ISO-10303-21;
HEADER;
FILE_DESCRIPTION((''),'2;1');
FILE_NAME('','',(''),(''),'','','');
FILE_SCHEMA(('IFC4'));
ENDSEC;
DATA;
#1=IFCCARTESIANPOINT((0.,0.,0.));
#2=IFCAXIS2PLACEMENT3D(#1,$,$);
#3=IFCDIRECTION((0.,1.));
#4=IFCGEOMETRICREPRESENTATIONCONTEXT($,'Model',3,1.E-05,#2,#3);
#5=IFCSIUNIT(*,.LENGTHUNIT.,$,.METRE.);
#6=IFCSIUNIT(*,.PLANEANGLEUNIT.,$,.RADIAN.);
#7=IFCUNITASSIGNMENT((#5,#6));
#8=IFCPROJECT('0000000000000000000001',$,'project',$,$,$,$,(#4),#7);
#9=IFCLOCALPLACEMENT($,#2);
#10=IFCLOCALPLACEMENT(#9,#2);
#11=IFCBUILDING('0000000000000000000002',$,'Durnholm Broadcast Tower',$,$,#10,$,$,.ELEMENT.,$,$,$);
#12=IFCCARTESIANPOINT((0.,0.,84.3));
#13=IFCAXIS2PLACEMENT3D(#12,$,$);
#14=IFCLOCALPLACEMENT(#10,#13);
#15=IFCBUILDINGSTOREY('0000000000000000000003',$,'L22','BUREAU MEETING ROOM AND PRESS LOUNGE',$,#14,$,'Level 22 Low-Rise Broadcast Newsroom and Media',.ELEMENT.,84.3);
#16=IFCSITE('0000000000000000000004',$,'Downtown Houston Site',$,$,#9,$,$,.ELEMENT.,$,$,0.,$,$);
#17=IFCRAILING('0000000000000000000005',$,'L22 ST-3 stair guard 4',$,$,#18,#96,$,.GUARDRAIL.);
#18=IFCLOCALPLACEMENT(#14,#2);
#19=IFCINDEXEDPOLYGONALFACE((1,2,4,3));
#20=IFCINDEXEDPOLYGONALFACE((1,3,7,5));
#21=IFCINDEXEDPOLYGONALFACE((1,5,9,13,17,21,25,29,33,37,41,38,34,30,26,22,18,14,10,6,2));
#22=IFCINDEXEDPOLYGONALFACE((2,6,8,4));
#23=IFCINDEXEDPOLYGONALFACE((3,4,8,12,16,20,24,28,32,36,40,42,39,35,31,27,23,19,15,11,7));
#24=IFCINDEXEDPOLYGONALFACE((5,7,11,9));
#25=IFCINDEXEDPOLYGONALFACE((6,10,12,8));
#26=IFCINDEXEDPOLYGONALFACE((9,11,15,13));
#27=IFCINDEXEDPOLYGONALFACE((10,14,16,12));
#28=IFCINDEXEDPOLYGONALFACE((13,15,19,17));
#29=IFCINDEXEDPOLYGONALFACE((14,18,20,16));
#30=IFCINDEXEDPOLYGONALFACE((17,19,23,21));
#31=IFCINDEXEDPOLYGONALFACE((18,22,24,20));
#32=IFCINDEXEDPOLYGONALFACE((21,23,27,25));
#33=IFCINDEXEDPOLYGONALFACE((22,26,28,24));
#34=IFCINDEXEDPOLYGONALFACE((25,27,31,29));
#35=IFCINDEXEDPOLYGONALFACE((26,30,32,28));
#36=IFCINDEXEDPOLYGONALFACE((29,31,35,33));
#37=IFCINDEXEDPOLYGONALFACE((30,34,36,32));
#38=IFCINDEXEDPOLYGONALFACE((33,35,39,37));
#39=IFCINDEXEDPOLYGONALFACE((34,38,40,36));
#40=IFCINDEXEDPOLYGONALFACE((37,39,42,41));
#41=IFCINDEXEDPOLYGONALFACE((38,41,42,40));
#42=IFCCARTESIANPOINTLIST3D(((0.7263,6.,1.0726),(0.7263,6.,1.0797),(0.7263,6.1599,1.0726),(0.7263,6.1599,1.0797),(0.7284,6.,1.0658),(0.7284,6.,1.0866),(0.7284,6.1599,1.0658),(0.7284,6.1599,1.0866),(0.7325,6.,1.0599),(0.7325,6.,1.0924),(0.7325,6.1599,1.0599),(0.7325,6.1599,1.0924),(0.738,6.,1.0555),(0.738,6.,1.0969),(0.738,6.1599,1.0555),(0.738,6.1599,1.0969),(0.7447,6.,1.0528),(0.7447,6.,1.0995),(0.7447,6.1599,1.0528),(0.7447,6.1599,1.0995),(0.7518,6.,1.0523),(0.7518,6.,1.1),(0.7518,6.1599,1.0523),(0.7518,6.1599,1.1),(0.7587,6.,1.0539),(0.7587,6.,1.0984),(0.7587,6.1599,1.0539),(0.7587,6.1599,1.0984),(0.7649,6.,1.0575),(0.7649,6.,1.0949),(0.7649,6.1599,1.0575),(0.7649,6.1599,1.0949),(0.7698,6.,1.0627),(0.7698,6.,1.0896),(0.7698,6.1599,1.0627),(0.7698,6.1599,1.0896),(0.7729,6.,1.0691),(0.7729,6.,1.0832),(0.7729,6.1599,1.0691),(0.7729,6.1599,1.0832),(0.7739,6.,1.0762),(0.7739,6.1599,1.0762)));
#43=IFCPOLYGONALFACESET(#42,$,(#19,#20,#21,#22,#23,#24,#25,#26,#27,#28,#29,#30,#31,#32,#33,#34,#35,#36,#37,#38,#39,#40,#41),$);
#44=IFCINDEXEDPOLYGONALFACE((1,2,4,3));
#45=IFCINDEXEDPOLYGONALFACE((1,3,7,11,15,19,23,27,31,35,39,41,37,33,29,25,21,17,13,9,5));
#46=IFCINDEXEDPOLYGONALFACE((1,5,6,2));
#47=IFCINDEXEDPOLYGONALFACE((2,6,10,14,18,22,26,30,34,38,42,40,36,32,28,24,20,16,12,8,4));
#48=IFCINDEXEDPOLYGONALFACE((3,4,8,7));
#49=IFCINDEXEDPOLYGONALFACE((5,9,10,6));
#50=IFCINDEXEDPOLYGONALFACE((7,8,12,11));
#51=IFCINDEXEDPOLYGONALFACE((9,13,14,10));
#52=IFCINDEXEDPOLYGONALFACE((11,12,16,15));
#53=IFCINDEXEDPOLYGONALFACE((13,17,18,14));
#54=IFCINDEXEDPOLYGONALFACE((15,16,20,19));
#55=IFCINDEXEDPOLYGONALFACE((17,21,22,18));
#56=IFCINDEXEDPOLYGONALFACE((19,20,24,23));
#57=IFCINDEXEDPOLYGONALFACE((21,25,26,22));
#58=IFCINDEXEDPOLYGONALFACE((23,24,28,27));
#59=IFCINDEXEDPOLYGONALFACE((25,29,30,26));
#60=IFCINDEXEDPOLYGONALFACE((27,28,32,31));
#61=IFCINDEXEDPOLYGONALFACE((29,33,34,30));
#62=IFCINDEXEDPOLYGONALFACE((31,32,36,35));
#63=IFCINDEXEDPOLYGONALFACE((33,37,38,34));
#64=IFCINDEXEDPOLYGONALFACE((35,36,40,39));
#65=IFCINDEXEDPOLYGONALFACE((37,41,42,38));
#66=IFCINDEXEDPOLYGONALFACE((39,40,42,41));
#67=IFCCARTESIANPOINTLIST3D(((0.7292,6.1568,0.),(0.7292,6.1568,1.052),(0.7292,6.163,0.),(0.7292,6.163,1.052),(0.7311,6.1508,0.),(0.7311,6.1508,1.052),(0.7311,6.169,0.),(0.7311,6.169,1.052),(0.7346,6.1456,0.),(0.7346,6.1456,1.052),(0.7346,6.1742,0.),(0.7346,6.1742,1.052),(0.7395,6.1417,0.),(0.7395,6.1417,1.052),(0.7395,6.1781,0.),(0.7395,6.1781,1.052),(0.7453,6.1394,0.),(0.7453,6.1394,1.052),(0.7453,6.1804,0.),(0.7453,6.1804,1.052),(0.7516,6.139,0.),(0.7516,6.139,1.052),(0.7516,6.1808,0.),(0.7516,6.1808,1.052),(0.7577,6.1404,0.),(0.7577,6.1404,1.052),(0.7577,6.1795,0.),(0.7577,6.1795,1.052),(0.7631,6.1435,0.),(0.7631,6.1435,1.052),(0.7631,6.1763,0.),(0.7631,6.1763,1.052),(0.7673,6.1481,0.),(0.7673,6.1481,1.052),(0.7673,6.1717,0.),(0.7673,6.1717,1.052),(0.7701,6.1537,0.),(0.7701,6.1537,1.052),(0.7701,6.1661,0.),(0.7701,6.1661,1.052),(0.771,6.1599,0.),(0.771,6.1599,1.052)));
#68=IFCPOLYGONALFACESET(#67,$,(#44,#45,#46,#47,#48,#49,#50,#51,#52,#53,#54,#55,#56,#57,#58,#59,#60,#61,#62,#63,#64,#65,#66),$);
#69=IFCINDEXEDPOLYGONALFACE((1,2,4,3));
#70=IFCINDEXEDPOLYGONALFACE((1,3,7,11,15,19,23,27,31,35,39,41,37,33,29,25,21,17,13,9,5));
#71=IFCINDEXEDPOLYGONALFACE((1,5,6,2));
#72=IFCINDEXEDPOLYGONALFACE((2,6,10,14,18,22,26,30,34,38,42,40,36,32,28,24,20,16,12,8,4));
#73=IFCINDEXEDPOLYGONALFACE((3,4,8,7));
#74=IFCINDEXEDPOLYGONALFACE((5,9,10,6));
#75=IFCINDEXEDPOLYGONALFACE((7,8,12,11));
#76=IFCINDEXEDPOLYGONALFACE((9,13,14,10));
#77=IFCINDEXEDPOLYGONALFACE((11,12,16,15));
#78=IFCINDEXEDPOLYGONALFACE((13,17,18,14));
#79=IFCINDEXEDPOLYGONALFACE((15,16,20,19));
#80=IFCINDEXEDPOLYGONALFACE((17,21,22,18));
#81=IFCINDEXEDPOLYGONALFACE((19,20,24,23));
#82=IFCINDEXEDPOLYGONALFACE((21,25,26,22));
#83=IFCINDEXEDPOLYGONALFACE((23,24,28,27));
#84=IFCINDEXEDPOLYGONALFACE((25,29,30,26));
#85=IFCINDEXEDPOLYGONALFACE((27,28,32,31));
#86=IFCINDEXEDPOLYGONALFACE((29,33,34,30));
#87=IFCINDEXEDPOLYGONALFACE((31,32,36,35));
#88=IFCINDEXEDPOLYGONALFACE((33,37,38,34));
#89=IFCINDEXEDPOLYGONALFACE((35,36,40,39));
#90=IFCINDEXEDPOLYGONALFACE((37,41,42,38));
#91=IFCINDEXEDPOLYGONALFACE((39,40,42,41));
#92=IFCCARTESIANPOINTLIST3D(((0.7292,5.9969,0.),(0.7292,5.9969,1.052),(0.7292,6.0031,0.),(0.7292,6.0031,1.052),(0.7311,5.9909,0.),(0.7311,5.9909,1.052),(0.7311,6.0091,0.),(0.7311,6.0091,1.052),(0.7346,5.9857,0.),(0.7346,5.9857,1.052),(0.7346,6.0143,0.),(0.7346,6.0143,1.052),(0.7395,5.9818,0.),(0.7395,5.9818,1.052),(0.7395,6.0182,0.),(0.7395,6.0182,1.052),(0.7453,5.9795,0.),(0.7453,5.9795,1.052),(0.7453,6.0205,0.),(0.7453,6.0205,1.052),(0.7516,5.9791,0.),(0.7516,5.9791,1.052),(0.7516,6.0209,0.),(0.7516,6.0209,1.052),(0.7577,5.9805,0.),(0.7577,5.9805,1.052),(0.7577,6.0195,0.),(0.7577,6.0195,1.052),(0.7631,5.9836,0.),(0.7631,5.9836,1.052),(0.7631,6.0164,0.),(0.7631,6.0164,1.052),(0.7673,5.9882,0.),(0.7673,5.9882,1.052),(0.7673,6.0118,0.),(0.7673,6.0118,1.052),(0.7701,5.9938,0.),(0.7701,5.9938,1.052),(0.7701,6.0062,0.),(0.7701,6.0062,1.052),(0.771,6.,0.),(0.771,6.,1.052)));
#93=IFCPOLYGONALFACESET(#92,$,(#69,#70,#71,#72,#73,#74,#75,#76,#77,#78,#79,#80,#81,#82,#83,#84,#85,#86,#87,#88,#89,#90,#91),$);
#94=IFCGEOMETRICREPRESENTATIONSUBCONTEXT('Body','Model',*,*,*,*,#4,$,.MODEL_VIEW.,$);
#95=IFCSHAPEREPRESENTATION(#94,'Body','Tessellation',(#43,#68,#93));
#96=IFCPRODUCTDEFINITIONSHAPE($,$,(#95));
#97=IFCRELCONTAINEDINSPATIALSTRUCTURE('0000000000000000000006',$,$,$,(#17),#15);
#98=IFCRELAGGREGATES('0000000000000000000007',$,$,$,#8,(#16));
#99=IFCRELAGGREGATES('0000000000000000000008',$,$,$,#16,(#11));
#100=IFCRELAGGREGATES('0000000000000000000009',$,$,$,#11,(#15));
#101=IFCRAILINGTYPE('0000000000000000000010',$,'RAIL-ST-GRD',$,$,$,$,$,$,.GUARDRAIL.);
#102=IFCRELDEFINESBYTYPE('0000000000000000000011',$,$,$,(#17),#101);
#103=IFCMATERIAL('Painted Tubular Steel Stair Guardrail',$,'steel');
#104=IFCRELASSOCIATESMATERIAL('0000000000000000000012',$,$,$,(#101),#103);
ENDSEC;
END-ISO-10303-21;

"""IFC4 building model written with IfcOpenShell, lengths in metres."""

from ifc_helpers import new_model, si_unit, direction, frame, origin, origin_2d, place, context, subcontext, project, spatial, circle, extrude, material, type_object, element, save


model = new_model("IFC4")

# Units and contexts
model_context = context("Model", 3, precision=1e-05, world=origin(), true_north=direction((0.0, 1.0)))
body_context = subcontext(model_context, "Body", "Model", "MODEL_VIEW")
ifc_project = project(units=[si_unit("LENGTHUNIT", "METRE"), si_unit("PLANEANGLEUNIT", "RADIAN")], contexts=[model_context])

# Site, building, storey
site_placement = place(None, origin())
site = spatial("IfcSite", under=ifc_project, at=site_placement, Name="Downtown Houston Site", CompositionType="ELEMENT", RefElevation=0.0)
building_placement = place(site_placement, origin())
building = spatial("IfcBuilding", under=site, at=building_placement, Name="Durnholm Broadcast Tower", CompositionType="ELEMENT")
storey_placement = place(building_placement, frame((0.0, 0.0, 84.3)))
storey = spatial("IfcBuildingStorey", under=building, at=storey_placement, Name="L22", Description="BUREAU MEETING ROOM AND PRESS LOUNGE", LongName="Level 22 Low-Rise Broadcast Newsroom and Media", CompositionType="ELEMENT", Elevation=84.3)

# Railing
ifc_material_1 = material(Name="Painted Tubular Steel Stair Guardrail", Category="steel")
railing_type_1 = type_object("IfcRailingType", Name="RAIL-ST-GRD", PredefinedType="GUARDRAIL", material=ifc_material_1)
railing_1_placement = place(storey_placement, frame((0.75, 6.1599, 0.0)))
element("IfcRailing", 1, at=railing_1_placement, inside=storey, type_object=railing_type_1, Name="L22 ST-3 stair guard 4", PredefinedType="GUARDRAIL", context=body_context, shape_type="SweptSolid", body=[
    extrude(circle(Radius=0.0239, at=origin_2d()), frame((0.0, 0.0, 1.0762), z_axis=(0.0, -1.0, 0.0), x_axis=(1.0, 0.0, 0.0)), (0.0, 0.0, 1.0), 0.1599),
    extrude(circle(Radius=0.021, at=origin_2d()), origin(), (0.0, 0.0, 1.0), 1.052),
    extrude(circle(Radius=0.021, at=origin_2d()), frame((0.0, -0.1599, 0.0)), (0.0, 0.0, 1.0), 1.052),
])

save(model, "model.ifc")
